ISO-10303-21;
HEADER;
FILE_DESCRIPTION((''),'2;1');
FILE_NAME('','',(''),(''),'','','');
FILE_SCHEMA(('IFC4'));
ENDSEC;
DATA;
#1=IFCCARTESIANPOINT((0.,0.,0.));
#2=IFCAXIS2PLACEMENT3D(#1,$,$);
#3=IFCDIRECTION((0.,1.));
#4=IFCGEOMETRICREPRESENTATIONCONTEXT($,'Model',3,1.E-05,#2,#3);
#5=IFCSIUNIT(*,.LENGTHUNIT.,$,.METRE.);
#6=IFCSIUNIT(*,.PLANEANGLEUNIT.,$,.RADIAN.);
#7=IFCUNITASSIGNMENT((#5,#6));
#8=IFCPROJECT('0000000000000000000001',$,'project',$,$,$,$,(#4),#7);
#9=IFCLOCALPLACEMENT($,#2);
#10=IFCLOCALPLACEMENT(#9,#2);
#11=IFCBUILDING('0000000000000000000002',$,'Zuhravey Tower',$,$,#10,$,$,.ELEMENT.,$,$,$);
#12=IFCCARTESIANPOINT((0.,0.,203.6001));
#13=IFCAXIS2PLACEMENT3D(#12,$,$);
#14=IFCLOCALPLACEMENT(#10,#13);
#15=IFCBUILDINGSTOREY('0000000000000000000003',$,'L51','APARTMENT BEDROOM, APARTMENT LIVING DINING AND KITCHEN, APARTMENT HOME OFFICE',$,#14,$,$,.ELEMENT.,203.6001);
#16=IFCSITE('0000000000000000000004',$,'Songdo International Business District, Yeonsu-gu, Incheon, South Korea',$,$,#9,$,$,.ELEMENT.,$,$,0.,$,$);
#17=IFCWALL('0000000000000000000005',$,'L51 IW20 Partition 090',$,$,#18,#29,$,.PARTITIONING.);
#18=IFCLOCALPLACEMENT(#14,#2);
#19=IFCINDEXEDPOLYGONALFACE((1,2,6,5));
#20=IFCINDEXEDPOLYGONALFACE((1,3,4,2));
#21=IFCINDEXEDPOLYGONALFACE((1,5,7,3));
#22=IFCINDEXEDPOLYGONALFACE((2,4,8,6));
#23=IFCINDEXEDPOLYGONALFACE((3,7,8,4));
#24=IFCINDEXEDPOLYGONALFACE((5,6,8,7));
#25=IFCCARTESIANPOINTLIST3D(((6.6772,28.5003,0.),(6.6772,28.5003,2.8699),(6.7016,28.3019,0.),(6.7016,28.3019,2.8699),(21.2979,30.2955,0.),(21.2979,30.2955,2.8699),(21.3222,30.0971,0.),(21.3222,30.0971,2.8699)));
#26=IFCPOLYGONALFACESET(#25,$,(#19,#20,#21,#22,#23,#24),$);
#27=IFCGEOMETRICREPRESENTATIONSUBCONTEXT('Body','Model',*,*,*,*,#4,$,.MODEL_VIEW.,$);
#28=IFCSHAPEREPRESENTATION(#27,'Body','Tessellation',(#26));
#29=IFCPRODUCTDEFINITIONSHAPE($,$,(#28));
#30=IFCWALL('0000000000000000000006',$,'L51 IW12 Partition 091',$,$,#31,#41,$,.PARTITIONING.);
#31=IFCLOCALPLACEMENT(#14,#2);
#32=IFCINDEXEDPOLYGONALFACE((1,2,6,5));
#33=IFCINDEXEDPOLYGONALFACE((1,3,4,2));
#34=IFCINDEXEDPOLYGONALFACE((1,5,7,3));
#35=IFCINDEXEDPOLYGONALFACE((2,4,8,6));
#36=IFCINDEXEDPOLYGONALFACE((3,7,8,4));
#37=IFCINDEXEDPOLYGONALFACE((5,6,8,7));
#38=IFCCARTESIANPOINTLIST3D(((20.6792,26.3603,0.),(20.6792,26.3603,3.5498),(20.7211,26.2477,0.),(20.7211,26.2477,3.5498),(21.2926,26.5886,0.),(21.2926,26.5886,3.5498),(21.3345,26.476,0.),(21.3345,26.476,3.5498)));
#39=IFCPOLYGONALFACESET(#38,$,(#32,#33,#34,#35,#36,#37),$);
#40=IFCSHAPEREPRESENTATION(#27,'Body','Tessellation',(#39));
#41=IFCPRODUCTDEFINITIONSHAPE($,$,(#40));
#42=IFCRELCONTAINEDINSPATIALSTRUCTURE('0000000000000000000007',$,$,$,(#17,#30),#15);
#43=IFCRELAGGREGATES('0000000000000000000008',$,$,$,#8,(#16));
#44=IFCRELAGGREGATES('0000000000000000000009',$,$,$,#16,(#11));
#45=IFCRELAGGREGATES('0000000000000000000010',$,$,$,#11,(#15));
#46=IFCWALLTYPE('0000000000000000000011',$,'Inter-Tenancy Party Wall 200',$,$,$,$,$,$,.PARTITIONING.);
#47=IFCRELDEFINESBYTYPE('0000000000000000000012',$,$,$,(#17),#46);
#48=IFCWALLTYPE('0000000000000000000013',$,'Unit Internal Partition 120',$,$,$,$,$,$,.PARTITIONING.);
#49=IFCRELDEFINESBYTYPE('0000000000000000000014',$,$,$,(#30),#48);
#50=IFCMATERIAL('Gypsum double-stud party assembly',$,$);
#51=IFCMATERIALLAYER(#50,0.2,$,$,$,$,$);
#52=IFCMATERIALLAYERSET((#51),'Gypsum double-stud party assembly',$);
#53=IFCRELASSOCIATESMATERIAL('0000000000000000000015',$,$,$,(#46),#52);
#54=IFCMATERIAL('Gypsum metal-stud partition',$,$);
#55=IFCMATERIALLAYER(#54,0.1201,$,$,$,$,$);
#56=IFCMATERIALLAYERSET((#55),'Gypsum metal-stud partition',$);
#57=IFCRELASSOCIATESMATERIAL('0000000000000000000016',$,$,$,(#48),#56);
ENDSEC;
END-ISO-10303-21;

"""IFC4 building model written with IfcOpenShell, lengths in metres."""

from ifc_helpers import new_model, si_unit, direction, frame, frame_2d, origin, place, context, subcontext, project, spatial, rectangle, extrude, material, layer, layer_set, type_object, element, save


model = new_model("IFC4")

# Units and contexts
model_context = context("Model", 3, precision=1e-05, world=origin(), true_north=direction((0.0, 1.0)))
body_context = subcontext(model_context, "Body", "Model", "MODEL_VIEW")
ifc_project = project(units=[si_unit("LENGTHUNIT", "METRE"), si_unit("PLANEANGLEUNIT", "RADIAN")], contexts=[model_context])

# Site, building, storey
site_placement = place(None, origin())
site = spatial("IfcSite", under=ifc_project, at=site_placement, Name="Songdo International Business District, Yeonsu-gu, Incheon, South Korea", CompositionType="ELEMENT", RefElevation=0.0)
building_placement = place(site_placement, origin())
building = spatial("IfcBuilding", under=site, at=building_placement, Name="Zuhravey Tower", CompositionType="ELEMENT")
storey_placement = place(building_placement, frame((0.0, 0.0, 203.6001)))
storey = spatial("IfcBuildingStorey", under=building, at=storey_placement, Name="L51", Description="APARTMENT BEDROOM, APARTMENT LIVING DINING AND KITCHEN, APARTMENT HOME OFFICE", CompositionType="ELEMENT", Elevation=203.6001)

# Walls
ifc_material_1 = material(Name="Gypsum double-stud party assembly")
ifc_layer_1 = layer(ifc_material_1, 0.2)
ifc_layer_set_1 = layer_set([ifc_layer_1], Name="Gypsum double-stud party assembly")
wall_type_1 = type_object("IfcWallType", Name="Inter-Tenancy Party Wall 200", PredefinedType="PARTITIONING", material=ifc_layer_set_1)
wall_1_placement = place(storey_placement, frame((21.3101, 30.1963, 0.0), z_axis=(0.0, 0.0, 1.0), x_axis=(-0.992546, -0.121868, 0.0)))
element("IfcWall", 1, at=wall_1_placement, inside=storey, type_object=wall_type_1, Name="L51 IW20 Partition 090", PredefinedType="PARTITIONING", context=body_context, shape_type="SweptSolid", body=[
    extrude(rectangle(XDim=14.7305, YDim=0.2, at=frame_2d((7.3652, 0.0))), origin(), (0.0, 0.0, 1.0), 2.8699),
])
ifc_material_2 = material(Name="Gypsum metal-stud partition")
ifc_layer_2 = layer(ifc_material_2, 0.1201)
ifc_layer_set_2 = layer_set([ifc_layer_2], Name="Gypsum metal-stud partition")
wall_type_2 = type_object("IfcWallType", Name="Unit Internal Partition 120", PredefinedType="PARTITIONING", material=ifc_layer_set_2)
wall_2_placement = place(storey_placement, frame((21.3135, 26.5322, 0.0), z_axis=(0.0, 0.0, 1.0), x_axis=(-0.93723, -0.348711, 0.0)))
element("IfcWall", 2, at=wall_2_placement, inside=storey, type_object=wall_type_2, Name="L51 IW12 Partition 091", PredefinedType="PARTITIONING", context=body_context, shape_type="SweptSolid", body=[
    extrude(rectangle(XDim=0.6545, YDim=0.1201, at=frame_2d((0.3271, 0.0))), origin(), (0.0, 0.0, 1.0), 3.5498),
])

save(model, "model.ifc")
